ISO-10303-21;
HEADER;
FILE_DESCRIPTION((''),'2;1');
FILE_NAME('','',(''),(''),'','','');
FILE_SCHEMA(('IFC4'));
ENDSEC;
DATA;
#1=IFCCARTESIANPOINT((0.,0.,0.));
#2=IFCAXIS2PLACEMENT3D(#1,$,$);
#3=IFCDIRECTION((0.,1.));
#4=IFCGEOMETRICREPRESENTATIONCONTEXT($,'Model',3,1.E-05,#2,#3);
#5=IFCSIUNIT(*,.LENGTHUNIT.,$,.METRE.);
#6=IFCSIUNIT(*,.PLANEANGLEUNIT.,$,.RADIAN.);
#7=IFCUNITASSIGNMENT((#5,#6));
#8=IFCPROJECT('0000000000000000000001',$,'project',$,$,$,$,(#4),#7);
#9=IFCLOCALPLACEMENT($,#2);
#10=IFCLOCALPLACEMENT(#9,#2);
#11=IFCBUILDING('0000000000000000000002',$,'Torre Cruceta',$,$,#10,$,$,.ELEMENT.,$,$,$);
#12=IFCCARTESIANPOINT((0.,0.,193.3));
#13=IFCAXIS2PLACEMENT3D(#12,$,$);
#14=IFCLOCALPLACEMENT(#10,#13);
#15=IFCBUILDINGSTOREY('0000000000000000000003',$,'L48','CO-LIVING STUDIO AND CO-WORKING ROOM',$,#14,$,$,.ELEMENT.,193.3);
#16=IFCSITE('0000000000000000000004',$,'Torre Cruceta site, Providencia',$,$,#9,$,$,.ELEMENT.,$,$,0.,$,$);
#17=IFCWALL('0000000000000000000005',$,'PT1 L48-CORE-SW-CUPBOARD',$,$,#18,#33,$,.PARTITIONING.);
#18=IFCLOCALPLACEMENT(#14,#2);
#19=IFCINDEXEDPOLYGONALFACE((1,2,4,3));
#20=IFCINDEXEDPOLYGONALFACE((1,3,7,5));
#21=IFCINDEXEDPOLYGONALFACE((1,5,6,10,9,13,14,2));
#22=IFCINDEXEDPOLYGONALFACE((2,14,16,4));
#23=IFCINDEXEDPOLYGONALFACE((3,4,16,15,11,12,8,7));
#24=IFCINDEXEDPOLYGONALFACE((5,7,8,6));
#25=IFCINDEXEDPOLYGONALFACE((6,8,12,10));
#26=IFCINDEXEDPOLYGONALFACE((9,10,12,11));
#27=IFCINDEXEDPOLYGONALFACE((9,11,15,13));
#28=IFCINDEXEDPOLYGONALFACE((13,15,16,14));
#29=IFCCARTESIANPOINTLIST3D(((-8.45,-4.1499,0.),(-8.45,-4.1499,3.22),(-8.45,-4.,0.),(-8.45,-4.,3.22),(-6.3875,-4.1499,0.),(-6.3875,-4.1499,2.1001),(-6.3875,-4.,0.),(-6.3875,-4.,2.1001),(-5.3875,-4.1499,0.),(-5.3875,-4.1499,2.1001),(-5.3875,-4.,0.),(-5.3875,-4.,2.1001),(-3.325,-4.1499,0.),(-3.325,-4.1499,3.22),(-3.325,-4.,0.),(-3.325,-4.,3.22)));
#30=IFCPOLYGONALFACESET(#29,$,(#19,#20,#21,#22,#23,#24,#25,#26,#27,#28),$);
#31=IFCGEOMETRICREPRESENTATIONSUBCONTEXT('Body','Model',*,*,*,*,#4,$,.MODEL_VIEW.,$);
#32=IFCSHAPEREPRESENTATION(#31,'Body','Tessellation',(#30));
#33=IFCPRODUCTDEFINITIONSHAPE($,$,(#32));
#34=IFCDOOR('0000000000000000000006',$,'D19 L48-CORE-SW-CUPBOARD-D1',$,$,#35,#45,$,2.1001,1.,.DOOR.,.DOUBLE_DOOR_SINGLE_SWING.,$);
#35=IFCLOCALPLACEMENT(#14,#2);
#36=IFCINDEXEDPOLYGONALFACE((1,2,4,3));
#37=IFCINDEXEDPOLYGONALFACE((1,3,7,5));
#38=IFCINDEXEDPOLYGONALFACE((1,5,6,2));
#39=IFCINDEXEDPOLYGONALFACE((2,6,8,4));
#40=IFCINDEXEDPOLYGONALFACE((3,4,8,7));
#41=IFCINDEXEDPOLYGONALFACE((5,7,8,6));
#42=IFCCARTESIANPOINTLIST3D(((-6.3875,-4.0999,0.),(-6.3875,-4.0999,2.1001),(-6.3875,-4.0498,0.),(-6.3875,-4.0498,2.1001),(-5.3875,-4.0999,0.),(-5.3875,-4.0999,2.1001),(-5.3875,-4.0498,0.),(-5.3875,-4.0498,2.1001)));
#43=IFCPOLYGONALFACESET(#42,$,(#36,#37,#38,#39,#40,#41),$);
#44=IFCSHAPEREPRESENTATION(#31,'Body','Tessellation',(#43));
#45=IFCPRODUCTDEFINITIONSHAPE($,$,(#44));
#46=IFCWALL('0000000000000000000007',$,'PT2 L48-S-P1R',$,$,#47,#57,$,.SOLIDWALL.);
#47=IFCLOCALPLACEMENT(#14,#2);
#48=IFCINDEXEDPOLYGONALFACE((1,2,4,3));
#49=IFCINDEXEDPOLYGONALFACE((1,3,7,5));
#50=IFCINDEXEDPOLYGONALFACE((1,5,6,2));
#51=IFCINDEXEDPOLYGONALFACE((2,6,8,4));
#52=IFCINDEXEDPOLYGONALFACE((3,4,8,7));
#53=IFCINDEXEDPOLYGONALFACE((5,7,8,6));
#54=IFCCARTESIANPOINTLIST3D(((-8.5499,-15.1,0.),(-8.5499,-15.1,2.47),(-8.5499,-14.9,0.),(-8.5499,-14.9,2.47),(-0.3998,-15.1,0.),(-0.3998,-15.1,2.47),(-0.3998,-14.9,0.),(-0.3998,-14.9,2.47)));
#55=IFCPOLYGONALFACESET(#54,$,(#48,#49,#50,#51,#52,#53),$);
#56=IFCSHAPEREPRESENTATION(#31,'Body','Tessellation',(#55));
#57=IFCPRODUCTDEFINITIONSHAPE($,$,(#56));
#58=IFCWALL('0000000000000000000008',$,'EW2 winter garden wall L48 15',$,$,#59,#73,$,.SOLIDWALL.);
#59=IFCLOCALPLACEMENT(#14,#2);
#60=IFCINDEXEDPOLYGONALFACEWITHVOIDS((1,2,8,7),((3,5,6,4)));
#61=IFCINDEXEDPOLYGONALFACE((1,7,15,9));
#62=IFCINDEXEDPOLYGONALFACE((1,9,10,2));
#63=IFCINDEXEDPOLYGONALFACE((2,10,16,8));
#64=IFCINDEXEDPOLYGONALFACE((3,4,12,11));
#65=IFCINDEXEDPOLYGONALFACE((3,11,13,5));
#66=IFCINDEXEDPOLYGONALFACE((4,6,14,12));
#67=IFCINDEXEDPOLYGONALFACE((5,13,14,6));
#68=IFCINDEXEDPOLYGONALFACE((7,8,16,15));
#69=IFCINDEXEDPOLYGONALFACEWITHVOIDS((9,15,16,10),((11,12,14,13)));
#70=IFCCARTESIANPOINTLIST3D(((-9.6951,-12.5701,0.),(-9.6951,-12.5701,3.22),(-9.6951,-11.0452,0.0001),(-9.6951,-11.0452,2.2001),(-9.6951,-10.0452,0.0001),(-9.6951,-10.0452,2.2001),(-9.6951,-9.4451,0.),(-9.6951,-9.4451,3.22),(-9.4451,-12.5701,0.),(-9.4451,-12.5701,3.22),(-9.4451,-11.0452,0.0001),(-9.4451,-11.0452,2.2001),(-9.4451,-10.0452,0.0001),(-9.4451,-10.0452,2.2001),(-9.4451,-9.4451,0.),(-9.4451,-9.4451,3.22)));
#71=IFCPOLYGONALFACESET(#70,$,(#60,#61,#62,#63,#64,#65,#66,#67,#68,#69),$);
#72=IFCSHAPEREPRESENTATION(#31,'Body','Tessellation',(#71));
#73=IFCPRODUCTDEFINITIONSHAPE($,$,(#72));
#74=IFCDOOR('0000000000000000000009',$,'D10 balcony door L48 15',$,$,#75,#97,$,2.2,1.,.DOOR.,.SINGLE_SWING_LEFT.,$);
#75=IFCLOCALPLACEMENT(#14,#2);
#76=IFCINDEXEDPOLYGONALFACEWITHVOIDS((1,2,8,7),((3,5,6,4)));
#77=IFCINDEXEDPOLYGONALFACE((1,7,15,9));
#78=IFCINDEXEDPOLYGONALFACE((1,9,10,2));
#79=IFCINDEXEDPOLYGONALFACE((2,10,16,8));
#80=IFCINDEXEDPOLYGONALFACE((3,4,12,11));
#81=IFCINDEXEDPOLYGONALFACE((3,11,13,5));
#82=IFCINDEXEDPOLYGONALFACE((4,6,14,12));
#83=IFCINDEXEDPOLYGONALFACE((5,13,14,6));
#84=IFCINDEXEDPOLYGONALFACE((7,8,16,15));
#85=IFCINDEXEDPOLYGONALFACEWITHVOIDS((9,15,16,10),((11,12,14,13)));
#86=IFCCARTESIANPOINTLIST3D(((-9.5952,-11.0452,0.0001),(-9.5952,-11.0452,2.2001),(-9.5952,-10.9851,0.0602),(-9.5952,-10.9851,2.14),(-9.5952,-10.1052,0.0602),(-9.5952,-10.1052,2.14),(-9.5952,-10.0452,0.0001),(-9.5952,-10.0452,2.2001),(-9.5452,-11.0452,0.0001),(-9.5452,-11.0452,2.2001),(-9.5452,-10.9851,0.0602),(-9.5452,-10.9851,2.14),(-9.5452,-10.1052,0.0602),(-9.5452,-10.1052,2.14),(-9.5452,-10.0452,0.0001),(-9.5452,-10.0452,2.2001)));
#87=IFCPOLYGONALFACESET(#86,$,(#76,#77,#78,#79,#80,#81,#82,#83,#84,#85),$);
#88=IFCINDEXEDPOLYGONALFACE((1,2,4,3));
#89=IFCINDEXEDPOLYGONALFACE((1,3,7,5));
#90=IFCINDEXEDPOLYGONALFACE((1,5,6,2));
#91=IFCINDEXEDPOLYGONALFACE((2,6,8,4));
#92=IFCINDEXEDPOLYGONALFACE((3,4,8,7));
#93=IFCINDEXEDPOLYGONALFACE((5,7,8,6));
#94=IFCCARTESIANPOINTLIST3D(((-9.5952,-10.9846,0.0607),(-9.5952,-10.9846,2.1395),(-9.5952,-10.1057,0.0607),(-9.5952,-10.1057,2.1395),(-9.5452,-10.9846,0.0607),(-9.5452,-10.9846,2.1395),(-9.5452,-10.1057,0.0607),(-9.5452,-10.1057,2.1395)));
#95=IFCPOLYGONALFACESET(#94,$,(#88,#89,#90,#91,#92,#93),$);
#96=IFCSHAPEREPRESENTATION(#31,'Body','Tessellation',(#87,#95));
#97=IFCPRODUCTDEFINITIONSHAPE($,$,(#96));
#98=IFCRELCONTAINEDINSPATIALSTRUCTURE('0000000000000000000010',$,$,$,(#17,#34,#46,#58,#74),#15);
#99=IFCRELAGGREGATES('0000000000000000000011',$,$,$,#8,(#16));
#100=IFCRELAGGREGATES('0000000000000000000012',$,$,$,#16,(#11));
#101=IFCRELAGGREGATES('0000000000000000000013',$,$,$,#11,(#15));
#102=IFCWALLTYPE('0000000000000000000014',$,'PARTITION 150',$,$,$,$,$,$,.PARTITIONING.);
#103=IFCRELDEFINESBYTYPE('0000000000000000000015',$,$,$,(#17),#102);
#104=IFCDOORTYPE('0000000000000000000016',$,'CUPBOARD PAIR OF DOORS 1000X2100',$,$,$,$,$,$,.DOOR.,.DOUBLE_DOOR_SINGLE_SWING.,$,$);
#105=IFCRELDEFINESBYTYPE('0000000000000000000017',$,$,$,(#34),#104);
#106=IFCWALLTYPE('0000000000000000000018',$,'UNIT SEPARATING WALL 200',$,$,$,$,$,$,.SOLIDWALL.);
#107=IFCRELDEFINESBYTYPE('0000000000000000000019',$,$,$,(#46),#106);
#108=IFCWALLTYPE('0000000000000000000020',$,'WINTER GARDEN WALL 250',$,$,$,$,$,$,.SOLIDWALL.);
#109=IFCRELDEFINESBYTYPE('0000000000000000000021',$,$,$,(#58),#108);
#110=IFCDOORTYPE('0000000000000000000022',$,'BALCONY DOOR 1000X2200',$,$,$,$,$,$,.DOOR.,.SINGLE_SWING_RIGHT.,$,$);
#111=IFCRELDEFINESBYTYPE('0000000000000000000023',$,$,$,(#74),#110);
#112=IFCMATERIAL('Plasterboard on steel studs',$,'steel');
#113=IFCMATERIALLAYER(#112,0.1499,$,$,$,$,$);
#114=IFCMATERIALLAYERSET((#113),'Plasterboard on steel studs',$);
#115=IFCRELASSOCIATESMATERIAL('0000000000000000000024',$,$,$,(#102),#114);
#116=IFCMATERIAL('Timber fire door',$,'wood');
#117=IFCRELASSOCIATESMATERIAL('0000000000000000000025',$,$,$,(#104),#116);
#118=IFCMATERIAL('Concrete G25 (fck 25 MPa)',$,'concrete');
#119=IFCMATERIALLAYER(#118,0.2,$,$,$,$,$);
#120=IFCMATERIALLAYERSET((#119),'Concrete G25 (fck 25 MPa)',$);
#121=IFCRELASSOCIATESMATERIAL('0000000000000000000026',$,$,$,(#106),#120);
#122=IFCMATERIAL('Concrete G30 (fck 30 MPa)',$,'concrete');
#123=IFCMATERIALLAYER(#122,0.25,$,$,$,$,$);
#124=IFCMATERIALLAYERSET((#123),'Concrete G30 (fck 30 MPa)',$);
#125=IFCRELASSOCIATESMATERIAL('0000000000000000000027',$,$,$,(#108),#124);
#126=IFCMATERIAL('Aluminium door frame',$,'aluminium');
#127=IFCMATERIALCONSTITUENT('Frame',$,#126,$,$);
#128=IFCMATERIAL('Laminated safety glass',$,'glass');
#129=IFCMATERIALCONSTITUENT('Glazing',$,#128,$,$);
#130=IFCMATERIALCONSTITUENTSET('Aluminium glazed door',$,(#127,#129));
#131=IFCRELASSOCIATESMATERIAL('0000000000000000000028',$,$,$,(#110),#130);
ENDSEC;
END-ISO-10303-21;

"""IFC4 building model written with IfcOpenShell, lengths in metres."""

from ifc_helpers import new_model, si_unit, direction, frame, frame_2d, origin, place, context, subcontext, project, spatial, rectangle, hollow_rectangle, extrude, material, layer, layer_set, constituent, constituent_set, type_object, element, fill, save


model = new_model("IFC4")

# Units and contexts
model_context = context("Model", 3, precision=1e-05, world=origin(), true_north=direction((0.0, 1.0)))
body_context = subcontext(model_context, "Body", "Model", "MODEL_VIEW")
ifc_project = project(units=[si_unit("LENGTHUNIT", "METRE"), si_unit("PLANEANGLEUNIT", "RADIAN")], contexts=[model_context])

# Site, building, storey
site_placement = place(None, origin())
site = spatial("IfcSite", under=ifc_project, at=site_placement, Name="Torre Cruceta site, Providencia", CompositionType="ELEMENT", RefElevation=0.0)
building_placement = place(site_placement, origin())
building = spatial("IfcBuilding", under=site, at=building_placement, Name="Torre Cruceta", CompositionType="ELEMENT")
storey_placement = place(building_placement, frame((0.0, 0.0, 193.3)))
storey = spatial("IfcBuildingStorey", under=building, at=storey_placement, Name="L48", Description="CO-LIVING STUDIO AND CO-WORKING ROOM", CompositionType="ELEMENT", Elevation=193.3)

# Wall, opening, door
ifc_material_1 = material(Name="Plasterboard on steel studs", Category="steel")
ifc_layer_1 = layer(ifc_material_1, 0.1499)
ifc_layer_set_1 = layer_set([ifc_layer_1], Name="Plasterboard on steel studs")
wall_type_1 = type_object("IfcWallType", Name="PARTITION 150", PredefinedType="PARTITIONING", material=ifc_layer_set_1)
wall_1_placement = place(storey_placement, frame((-3.325, -4.075, 0.0), z_axis=(0.0, 0.0, 1.0), x_axis=(-1.0, 0.0, 0.0)))
wall_1 = element("IfcWall", 1, at=wall_1_placement, inside=storey, type_object=wall_type_1, Name="PT1 L48-CORE-SW-CUPBOARD", PredefinedType="PARTITIONING", context=body_context, shape_type="SweptSolid", body=[
    extrude(rectangle(XDim=5.125, YDim=0.1499, at=frame_2d((2.5625, 0.0))), origin(), (0.0, 0.0, 1.0), 3.22),
])
opening_1_placement = place(wall_1_placement, frame((2.0625, 0.0, 0.0)))
opening_1 = element("IfcOpeningElement", 2, at=opening_1_placement, cuts=wall_1, PredefinedType="OPENING", context=body_context, shape_type="SweptSolid", body=[
    extrude(rectangle(XDim=1.0, YDim=2.1001, at=frame_2d((0.5, 1.05))), frame((0.0, 0.085, 0.0), z_axis=(0.0, -1.0, 0.0), x_axis=(1.0, 0.0, 0.0)), (0.0, 0.0, 1.0), 0.1699),
])
ifc_material_2 = material(Name="Timber fire door", Category="wood")
door_type_1 = type_object("IfcDoorType", Name="CUPBOARD PAIR OF DOORS 1000X2100", OperationType="DOUBLE_DOOR_SINGLE_SWING", PredefinedType="DOOR", material=ifc_material_2)
door_1_placement = place(opening_1_placement, frame((1.0, 0.0, 0.0), z_axis=(0.0, 0.0, 1.0), x_axis=(-1.0, 0.0, 0.0)))
door_1 = element("IfcDoor", 3, at=door_1_placement, inside=storey, type_object=door_type_1, Name="D19 L48-CORE-SW-CUPBOARD-D1", OperationType="DOUBLE_DOOR_SINGLE_SWING", OverallHeight=2.1001, OverallWidth=1.0, PredefinedType="DOOR", context=body_context, shape_type="SweptSolid", body=[
    extrude(rectangle(XDim=1.0, YDim=2.1001, at=frame_2d((0.5, 1.05))), frame((0.0, 0.0251, 0.0), z_axis=(0.0, -1.0, 0.0), x_axis=(1.0, 0.0, 0.0)), (0.0, 0.0, 1.0), 0.05),
])
fill(opening_1, door_1)

# Wall
ifc_material_3 = material(Name="Concrete G25 (fck 25 MPa)", Category="concrete")
ifc_layer_2 = layer(ifc_material_3, 0.2)
ifc_layer_set_2 = layer_set([ifc_layer_2], Name="Concrete G25 (fck 25 MPa)")
wall_type_2 = type_object("IfcWallType", Name="UNIT SEPARATING WALL 200", PredefinedType="SOLIDWALL", material=ifc_layer_set_2)
wall_2_placement = place(storey_placement, frame((-8.55, -15.0, 0.0), z_axis=(0.0, 0.0, 1.0), x_axis=(1.0, 0.0, 0.0)))
element("IfcWall", 4, at=wall_2_placement, inside=storey, type_object=wall_type_2, Name="PT2 L48-S-P1R", PredefinedType="SOLIDWALL", context=body_context, shape_type="SweptSolid", body=[
    extrude(rectangle(XDim=8.1501, YDim=0.2, at=frame_2d((4.0752, 0.0))), origin(), (0.0, 0.0, 1.0), 2.47),
])

# Wall, opening, door
ifc_material_4 = material(Name="Concrete G30 (fck 30 MPa)", Category="concrete")
ifc_layer_3 = layer(ifc_material_4, 0.25)
ifc_layer_set_3 = layer_set([ifc_layer_3], Name="Concrete G30 (fck 30 MPa)")
wall_type_3 = type_object("IfcWallType", Name="WINTER GARDEN WALL 250", PredefinedType="SOLIDWALL", material=ifc_layer_set_3)
wall_3_placement = place(storey_placement, frame((-9.5701, -9.4451, 0.0), z_axis=(0.0, 0.0, 1.0), x_axis=(0.0, -1.0, 0.0)))
wall_3 = element("IfcWall", 5, at=wall_3_placement, inside=storey, type_object=wall_type_3, Name="EW2 winter garden wall L48 15", PredefinedType="SOLIDWALL", context=body_context, shape_type="SweptSolid", body=[
    extrude(rectangle(XDim=3.125, YDim=0.25, at=frame_2d((1.5625, 0.0))), origin(), (0.0, 0.0, 1.0), 3.22),
])
opening_2_placement = place(wall_3_placement, frame((0.6001, 0.0, 0.0)))
opening_2 = element("IfcOpeningElement", 6, at=opening_2_placement, cuts=wall_3, PredefinedType="OPENING", context=body_context, shape_type="SweptSolid", body=[
    extrude(rectangle(XDim=1.0, YDim=2.2, at=frame_2d((0.5, 1.1001))), frame((0.0, 0.135, 0.0), z_axis=(0.0, -1.0, 0.0), x_axis=(1.0, 0.0, 0.0)), (0.0, 0.0, 1.0), 0.27),
])
ifc_material_5 = material(Name="Aluminium door frame", Category="aluminium")
ifc_constituent_1 = constituent(ifc_material_5, Name="Frame")
ifc_material_6 = material(Name="Laminated safety glass", Category="glass")
ifc_constituent_2 = constituent(ifc_material_6, Name="Glazing")
ifc_constituent_set_1 = constituent_set(constituents=[ifc_constituent_1, ifc_constituent_2], Name="Aluminium glazed door")
door_type_2 = type_object("IfcDoorType", Name="BALCONY DOOR 1000X2200", OperationType="SINGLE_SWING_RIGHT", PredefinedType="DOOR", material=ifc_constituent_set_1)
door_2_placement = place(opening_2_placement, origin())
door_2 = element("IfcDoor", 7, at=door_2_placement, inside=storey, type_object=door_type_2, Name="D10 balcony door L48 15", OperationType="SINGLE_SWING_LEFT", OverallHeight=2.2, OverallWidth=1.0, PredefinedType="DOOR", context=body_context, shape_type="SweptSolid", body=[
    extrude(hollow_rectangle(XDim=1.0, YDim=2.2, WallThickness=0.0601, at=frame_2d((0.5, 1.1001))), frame((0.0, 0.0249, 0.0), z_axis=(0.0, -1.0, 0.0), x_axis=(1.0, 0.0, 0.0)), (0.0, 0.0, 1.0), 0.05),
    extrude(rectangle(XDim=0.8789, YDim=2.0789, at=frame_2d((0.5, 1.1001))), frame((0.0, 0.0249, 0.0), z_axis=(0.0, -1.0, 0.0), x_axis=(1.0, 0.0, 0.0)), (0.0, 0.0, 1.0), 0.05),
])
fill(opening_2, door_2)

save(model, "model.ifc")
